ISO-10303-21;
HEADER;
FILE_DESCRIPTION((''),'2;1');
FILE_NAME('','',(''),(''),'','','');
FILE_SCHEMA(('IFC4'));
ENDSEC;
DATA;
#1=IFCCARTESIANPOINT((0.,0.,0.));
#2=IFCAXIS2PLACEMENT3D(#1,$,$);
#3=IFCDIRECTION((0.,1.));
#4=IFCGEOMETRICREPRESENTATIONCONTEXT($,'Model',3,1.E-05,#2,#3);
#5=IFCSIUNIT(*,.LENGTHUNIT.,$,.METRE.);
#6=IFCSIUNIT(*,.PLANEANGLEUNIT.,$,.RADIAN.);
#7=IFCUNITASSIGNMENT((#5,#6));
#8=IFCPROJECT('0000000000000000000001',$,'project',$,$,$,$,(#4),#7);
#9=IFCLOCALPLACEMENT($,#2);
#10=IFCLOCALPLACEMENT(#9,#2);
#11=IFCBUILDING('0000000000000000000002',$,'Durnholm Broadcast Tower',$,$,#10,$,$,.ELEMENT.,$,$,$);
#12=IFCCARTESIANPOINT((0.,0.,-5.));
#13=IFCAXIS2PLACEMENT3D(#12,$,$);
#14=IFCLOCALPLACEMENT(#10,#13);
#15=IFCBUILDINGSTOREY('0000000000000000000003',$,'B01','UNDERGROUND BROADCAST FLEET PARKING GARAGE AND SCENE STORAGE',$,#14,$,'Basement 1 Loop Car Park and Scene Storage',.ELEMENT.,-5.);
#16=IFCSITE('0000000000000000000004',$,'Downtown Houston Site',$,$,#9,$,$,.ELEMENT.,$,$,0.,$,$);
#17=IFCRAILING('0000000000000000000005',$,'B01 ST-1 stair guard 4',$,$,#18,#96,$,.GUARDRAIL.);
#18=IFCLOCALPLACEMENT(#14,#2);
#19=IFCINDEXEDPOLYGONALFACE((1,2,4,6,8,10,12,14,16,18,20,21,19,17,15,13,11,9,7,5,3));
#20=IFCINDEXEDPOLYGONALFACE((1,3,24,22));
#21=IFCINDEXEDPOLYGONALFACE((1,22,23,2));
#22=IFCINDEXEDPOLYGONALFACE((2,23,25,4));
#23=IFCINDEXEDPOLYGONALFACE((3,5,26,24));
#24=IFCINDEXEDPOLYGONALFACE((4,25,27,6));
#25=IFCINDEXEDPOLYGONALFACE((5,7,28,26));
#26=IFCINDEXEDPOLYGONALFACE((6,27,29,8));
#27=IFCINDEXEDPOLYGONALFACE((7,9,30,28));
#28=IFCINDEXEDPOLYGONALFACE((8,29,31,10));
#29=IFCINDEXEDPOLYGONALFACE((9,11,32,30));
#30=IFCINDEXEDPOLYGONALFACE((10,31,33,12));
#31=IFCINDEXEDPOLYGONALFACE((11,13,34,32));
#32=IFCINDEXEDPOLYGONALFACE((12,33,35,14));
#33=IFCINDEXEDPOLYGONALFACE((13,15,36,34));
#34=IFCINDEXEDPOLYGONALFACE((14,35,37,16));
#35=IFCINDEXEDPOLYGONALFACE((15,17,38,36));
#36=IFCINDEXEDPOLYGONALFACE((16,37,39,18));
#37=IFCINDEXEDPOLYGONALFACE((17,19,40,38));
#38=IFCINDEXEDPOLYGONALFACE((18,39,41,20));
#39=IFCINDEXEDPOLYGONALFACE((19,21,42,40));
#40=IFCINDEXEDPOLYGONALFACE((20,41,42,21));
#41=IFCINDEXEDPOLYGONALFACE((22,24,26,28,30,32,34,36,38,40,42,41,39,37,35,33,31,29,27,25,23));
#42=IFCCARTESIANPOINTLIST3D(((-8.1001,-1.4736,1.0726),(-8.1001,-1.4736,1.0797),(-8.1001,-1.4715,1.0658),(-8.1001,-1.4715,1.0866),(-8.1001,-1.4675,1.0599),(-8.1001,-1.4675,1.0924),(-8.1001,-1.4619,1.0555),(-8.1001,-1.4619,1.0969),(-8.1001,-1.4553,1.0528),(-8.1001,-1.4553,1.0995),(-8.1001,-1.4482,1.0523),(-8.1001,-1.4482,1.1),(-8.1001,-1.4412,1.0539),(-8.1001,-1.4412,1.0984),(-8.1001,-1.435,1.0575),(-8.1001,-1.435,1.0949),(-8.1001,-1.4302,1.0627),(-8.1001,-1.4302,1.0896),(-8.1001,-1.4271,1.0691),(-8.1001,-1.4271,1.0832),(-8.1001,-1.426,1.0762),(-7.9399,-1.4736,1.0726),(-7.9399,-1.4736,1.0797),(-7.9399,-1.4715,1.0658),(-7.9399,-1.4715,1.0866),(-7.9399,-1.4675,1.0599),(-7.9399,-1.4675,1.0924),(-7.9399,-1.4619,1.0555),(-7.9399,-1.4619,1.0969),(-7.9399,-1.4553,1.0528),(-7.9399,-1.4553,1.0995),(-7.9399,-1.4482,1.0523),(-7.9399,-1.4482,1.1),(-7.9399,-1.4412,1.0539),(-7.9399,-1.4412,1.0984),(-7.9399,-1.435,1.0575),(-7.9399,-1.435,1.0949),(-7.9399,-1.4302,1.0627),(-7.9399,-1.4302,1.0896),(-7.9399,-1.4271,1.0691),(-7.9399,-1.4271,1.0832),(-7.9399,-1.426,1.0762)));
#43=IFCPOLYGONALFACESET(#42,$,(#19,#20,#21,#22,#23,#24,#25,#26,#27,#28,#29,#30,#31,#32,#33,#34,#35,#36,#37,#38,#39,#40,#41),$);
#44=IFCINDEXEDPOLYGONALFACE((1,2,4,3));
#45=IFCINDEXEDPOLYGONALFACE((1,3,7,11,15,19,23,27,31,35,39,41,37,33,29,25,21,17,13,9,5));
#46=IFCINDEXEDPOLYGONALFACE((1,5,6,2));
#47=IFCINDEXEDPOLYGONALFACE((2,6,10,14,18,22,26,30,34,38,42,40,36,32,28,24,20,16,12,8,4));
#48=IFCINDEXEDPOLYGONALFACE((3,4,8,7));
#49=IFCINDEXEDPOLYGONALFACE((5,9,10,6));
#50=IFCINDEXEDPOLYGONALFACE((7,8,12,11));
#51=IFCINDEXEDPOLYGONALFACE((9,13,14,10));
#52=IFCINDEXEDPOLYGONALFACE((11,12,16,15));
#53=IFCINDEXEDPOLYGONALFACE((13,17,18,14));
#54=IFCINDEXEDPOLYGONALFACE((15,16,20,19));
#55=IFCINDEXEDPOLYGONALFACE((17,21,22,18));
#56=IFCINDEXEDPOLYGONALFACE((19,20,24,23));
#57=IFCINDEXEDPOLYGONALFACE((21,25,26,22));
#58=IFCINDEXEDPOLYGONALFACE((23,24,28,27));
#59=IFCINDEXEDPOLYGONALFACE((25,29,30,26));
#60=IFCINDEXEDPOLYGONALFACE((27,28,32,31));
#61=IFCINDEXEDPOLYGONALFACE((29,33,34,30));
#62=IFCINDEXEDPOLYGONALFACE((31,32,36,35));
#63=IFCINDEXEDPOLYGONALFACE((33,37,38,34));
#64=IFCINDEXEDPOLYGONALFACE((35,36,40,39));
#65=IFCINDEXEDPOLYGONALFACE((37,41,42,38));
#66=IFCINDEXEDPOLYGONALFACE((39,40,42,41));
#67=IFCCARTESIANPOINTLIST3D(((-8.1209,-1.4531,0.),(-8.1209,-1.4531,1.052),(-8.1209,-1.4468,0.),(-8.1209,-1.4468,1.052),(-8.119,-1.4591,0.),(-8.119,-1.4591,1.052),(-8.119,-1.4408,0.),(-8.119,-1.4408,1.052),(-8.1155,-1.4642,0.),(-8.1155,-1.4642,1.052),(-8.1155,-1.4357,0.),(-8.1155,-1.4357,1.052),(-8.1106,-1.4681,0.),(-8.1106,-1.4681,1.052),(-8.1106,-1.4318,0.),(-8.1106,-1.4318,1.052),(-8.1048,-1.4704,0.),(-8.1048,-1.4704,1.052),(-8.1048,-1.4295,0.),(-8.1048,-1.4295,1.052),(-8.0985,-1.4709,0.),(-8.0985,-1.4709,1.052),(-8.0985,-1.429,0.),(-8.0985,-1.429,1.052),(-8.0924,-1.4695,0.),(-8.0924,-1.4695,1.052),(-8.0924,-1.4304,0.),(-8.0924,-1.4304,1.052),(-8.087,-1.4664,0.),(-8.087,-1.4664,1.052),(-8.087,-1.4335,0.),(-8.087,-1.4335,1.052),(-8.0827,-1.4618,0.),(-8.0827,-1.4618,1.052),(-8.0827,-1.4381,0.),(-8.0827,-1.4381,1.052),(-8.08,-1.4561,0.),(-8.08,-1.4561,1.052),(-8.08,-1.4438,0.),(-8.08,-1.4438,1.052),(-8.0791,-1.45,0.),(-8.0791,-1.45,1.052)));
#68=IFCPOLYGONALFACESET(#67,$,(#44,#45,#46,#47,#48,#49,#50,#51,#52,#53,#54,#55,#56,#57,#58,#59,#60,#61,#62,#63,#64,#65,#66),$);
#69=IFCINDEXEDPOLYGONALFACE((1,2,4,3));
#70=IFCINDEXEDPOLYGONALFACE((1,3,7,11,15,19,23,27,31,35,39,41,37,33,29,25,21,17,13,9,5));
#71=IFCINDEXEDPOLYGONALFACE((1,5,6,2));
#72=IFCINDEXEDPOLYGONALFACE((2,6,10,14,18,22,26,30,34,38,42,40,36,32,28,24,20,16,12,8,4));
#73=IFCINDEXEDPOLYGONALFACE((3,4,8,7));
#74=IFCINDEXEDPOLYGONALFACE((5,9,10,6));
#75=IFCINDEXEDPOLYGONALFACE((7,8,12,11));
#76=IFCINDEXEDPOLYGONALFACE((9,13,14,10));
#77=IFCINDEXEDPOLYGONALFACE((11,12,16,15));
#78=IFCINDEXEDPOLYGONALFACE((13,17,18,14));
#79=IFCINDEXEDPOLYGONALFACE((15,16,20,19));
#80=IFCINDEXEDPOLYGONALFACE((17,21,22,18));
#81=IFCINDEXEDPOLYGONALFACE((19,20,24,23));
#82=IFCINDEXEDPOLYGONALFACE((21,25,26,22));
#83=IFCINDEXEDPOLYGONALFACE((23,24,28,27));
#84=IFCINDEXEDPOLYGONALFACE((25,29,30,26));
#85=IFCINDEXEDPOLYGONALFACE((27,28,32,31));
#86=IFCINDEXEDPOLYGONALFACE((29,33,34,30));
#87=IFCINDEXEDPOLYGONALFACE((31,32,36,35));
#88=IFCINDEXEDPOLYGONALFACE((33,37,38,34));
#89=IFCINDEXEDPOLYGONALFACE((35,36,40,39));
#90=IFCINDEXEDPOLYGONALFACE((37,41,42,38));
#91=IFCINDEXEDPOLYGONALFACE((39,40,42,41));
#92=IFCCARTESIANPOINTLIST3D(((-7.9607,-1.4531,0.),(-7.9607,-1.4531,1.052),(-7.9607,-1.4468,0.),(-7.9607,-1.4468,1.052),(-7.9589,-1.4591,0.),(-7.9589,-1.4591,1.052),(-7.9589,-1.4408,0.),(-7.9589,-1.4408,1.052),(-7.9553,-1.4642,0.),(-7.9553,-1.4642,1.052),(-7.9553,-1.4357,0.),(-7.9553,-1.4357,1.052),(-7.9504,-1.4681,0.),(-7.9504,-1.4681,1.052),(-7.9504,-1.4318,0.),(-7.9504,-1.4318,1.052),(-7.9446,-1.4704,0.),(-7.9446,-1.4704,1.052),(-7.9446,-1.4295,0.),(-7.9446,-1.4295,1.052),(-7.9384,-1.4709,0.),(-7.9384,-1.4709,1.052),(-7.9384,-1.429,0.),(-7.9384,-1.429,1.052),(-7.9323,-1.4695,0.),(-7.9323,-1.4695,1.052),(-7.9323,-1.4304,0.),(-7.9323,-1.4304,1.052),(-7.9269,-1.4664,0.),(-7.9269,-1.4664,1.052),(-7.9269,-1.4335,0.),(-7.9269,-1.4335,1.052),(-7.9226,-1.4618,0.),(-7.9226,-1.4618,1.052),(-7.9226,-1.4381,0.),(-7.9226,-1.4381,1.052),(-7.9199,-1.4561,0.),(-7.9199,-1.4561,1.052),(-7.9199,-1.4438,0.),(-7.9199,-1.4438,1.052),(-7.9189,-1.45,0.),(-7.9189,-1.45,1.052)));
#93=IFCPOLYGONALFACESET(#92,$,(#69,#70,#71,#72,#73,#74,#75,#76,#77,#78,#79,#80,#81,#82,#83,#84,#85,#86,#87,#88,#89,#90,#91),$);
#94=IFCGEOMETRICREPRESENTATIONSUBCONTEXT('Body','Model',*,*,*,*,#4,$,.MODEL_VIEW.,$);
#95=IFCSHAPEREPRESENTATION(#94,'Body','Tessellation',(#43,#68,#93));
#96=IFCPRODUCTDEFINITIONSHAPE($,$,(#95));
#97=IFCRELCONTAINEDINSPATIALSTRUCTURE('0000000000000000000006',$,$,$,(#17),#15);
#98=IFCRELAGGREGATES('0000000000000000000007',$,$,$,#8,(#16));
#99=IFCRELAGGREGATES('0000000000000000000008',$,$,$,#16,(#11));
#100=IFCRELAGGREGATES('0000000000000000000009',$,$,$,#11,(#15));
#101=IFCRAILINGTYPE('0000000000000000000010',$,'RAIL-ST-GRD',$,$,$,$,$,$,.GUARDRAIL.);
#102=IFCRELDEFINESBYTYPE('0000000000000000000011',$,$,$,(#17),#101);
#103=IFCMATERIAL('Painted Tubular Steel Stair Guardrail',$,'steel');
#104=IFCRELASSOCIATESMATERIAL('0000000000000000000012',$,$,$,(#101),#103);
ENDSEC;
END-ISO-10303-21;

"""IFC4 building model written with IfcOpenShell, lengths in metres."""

from ifc_helpers import new_model, si_unit, direction, frame, origin, origin_2d, place, context, subcontext, project, spatial, circle, extrude, material, type_object, element, save


model = new_model("IFC4")

# Units and contexts
model_context = context("Model", 3, precision=1e-05, world=origin(), true_north=direction((0.0, 1.0)))
body_context = subcontext(model_context, "Body", "Model", "MODEL_VIEW")
ifc_project = project(units=[si_unit("LENGTHUNIT", "METRE"), si_unit("PLANEANGLEUNIT", "RADIAN")], contexts=[model_context])

# Site, building, storey
site_placement = place(None, origin())
site = spatial("IfcSite", under=ifc_project, at=site_placement, Name="Downtown Houston Site", CompositionType="ELEMENT", RefElevation=0.0)
building_placement = place(site_placement, origin())
building = spatial("IfcBuilding", under=site, at=building_placement, Name="Durnholm Broadcast Tower", CompositionType="ELEMENT")
storey_placement = place(building_placement, frame((0.0, 0.0, -5.0)))
storey = spatial("IfcBuildingStorey", under=building, at=storey_placement, Name="B01", Description="UNDERGROUND BROADCAST FLEET PARKING GARAGE AND SCENE STORAGE", LongName="Basement 1 Loop Car Park and Scene Storage", CompositionType="ELEMENT", Elevation=-5.0)

# Railing
ifc_material_1 = material(Name="Painted Tubular Steel Stair Guardrail", Category="steel")
railing_type_1 = type_object("IfcRailingType", Name="RAIL-ST-GRD", PredefinedType="GUARDRAIL", material=ifc_material_1)
railing_1_placement = place(storey_placement, frame((-8.1001, -1.45, 0.0)))
element("IfcRailing", 1, at=railing_1_placement, inside=storey, type_object=railing_type_1, Name="B01 ST-1 stair guard 4", PredefinedType="GUARDRAIL", context=body_context, shape_type="SweptSolid", body=[
    extrude(circle(Radius=0.0239, at=origin_2d()), frame((0.0, 0.0, 1.0762), z_axis=(1.0, 0.0, 0.0), x_axis=(0.0, 1.0, 0.0)), (0.0, 0.0, 1.0), 0.1602),
    extrude(circle(Radius=0.021, at=origin_2d()), origin(), (0.0, 0.0, 1.0), 1.052),
    extrude(circle(Radius=0.021, at=origin_2d()), frame((0.1602, 0.0, 0.0)), (0.0, 0.0, 1.0), 1.052),
])

save(model, "model.ifc")
